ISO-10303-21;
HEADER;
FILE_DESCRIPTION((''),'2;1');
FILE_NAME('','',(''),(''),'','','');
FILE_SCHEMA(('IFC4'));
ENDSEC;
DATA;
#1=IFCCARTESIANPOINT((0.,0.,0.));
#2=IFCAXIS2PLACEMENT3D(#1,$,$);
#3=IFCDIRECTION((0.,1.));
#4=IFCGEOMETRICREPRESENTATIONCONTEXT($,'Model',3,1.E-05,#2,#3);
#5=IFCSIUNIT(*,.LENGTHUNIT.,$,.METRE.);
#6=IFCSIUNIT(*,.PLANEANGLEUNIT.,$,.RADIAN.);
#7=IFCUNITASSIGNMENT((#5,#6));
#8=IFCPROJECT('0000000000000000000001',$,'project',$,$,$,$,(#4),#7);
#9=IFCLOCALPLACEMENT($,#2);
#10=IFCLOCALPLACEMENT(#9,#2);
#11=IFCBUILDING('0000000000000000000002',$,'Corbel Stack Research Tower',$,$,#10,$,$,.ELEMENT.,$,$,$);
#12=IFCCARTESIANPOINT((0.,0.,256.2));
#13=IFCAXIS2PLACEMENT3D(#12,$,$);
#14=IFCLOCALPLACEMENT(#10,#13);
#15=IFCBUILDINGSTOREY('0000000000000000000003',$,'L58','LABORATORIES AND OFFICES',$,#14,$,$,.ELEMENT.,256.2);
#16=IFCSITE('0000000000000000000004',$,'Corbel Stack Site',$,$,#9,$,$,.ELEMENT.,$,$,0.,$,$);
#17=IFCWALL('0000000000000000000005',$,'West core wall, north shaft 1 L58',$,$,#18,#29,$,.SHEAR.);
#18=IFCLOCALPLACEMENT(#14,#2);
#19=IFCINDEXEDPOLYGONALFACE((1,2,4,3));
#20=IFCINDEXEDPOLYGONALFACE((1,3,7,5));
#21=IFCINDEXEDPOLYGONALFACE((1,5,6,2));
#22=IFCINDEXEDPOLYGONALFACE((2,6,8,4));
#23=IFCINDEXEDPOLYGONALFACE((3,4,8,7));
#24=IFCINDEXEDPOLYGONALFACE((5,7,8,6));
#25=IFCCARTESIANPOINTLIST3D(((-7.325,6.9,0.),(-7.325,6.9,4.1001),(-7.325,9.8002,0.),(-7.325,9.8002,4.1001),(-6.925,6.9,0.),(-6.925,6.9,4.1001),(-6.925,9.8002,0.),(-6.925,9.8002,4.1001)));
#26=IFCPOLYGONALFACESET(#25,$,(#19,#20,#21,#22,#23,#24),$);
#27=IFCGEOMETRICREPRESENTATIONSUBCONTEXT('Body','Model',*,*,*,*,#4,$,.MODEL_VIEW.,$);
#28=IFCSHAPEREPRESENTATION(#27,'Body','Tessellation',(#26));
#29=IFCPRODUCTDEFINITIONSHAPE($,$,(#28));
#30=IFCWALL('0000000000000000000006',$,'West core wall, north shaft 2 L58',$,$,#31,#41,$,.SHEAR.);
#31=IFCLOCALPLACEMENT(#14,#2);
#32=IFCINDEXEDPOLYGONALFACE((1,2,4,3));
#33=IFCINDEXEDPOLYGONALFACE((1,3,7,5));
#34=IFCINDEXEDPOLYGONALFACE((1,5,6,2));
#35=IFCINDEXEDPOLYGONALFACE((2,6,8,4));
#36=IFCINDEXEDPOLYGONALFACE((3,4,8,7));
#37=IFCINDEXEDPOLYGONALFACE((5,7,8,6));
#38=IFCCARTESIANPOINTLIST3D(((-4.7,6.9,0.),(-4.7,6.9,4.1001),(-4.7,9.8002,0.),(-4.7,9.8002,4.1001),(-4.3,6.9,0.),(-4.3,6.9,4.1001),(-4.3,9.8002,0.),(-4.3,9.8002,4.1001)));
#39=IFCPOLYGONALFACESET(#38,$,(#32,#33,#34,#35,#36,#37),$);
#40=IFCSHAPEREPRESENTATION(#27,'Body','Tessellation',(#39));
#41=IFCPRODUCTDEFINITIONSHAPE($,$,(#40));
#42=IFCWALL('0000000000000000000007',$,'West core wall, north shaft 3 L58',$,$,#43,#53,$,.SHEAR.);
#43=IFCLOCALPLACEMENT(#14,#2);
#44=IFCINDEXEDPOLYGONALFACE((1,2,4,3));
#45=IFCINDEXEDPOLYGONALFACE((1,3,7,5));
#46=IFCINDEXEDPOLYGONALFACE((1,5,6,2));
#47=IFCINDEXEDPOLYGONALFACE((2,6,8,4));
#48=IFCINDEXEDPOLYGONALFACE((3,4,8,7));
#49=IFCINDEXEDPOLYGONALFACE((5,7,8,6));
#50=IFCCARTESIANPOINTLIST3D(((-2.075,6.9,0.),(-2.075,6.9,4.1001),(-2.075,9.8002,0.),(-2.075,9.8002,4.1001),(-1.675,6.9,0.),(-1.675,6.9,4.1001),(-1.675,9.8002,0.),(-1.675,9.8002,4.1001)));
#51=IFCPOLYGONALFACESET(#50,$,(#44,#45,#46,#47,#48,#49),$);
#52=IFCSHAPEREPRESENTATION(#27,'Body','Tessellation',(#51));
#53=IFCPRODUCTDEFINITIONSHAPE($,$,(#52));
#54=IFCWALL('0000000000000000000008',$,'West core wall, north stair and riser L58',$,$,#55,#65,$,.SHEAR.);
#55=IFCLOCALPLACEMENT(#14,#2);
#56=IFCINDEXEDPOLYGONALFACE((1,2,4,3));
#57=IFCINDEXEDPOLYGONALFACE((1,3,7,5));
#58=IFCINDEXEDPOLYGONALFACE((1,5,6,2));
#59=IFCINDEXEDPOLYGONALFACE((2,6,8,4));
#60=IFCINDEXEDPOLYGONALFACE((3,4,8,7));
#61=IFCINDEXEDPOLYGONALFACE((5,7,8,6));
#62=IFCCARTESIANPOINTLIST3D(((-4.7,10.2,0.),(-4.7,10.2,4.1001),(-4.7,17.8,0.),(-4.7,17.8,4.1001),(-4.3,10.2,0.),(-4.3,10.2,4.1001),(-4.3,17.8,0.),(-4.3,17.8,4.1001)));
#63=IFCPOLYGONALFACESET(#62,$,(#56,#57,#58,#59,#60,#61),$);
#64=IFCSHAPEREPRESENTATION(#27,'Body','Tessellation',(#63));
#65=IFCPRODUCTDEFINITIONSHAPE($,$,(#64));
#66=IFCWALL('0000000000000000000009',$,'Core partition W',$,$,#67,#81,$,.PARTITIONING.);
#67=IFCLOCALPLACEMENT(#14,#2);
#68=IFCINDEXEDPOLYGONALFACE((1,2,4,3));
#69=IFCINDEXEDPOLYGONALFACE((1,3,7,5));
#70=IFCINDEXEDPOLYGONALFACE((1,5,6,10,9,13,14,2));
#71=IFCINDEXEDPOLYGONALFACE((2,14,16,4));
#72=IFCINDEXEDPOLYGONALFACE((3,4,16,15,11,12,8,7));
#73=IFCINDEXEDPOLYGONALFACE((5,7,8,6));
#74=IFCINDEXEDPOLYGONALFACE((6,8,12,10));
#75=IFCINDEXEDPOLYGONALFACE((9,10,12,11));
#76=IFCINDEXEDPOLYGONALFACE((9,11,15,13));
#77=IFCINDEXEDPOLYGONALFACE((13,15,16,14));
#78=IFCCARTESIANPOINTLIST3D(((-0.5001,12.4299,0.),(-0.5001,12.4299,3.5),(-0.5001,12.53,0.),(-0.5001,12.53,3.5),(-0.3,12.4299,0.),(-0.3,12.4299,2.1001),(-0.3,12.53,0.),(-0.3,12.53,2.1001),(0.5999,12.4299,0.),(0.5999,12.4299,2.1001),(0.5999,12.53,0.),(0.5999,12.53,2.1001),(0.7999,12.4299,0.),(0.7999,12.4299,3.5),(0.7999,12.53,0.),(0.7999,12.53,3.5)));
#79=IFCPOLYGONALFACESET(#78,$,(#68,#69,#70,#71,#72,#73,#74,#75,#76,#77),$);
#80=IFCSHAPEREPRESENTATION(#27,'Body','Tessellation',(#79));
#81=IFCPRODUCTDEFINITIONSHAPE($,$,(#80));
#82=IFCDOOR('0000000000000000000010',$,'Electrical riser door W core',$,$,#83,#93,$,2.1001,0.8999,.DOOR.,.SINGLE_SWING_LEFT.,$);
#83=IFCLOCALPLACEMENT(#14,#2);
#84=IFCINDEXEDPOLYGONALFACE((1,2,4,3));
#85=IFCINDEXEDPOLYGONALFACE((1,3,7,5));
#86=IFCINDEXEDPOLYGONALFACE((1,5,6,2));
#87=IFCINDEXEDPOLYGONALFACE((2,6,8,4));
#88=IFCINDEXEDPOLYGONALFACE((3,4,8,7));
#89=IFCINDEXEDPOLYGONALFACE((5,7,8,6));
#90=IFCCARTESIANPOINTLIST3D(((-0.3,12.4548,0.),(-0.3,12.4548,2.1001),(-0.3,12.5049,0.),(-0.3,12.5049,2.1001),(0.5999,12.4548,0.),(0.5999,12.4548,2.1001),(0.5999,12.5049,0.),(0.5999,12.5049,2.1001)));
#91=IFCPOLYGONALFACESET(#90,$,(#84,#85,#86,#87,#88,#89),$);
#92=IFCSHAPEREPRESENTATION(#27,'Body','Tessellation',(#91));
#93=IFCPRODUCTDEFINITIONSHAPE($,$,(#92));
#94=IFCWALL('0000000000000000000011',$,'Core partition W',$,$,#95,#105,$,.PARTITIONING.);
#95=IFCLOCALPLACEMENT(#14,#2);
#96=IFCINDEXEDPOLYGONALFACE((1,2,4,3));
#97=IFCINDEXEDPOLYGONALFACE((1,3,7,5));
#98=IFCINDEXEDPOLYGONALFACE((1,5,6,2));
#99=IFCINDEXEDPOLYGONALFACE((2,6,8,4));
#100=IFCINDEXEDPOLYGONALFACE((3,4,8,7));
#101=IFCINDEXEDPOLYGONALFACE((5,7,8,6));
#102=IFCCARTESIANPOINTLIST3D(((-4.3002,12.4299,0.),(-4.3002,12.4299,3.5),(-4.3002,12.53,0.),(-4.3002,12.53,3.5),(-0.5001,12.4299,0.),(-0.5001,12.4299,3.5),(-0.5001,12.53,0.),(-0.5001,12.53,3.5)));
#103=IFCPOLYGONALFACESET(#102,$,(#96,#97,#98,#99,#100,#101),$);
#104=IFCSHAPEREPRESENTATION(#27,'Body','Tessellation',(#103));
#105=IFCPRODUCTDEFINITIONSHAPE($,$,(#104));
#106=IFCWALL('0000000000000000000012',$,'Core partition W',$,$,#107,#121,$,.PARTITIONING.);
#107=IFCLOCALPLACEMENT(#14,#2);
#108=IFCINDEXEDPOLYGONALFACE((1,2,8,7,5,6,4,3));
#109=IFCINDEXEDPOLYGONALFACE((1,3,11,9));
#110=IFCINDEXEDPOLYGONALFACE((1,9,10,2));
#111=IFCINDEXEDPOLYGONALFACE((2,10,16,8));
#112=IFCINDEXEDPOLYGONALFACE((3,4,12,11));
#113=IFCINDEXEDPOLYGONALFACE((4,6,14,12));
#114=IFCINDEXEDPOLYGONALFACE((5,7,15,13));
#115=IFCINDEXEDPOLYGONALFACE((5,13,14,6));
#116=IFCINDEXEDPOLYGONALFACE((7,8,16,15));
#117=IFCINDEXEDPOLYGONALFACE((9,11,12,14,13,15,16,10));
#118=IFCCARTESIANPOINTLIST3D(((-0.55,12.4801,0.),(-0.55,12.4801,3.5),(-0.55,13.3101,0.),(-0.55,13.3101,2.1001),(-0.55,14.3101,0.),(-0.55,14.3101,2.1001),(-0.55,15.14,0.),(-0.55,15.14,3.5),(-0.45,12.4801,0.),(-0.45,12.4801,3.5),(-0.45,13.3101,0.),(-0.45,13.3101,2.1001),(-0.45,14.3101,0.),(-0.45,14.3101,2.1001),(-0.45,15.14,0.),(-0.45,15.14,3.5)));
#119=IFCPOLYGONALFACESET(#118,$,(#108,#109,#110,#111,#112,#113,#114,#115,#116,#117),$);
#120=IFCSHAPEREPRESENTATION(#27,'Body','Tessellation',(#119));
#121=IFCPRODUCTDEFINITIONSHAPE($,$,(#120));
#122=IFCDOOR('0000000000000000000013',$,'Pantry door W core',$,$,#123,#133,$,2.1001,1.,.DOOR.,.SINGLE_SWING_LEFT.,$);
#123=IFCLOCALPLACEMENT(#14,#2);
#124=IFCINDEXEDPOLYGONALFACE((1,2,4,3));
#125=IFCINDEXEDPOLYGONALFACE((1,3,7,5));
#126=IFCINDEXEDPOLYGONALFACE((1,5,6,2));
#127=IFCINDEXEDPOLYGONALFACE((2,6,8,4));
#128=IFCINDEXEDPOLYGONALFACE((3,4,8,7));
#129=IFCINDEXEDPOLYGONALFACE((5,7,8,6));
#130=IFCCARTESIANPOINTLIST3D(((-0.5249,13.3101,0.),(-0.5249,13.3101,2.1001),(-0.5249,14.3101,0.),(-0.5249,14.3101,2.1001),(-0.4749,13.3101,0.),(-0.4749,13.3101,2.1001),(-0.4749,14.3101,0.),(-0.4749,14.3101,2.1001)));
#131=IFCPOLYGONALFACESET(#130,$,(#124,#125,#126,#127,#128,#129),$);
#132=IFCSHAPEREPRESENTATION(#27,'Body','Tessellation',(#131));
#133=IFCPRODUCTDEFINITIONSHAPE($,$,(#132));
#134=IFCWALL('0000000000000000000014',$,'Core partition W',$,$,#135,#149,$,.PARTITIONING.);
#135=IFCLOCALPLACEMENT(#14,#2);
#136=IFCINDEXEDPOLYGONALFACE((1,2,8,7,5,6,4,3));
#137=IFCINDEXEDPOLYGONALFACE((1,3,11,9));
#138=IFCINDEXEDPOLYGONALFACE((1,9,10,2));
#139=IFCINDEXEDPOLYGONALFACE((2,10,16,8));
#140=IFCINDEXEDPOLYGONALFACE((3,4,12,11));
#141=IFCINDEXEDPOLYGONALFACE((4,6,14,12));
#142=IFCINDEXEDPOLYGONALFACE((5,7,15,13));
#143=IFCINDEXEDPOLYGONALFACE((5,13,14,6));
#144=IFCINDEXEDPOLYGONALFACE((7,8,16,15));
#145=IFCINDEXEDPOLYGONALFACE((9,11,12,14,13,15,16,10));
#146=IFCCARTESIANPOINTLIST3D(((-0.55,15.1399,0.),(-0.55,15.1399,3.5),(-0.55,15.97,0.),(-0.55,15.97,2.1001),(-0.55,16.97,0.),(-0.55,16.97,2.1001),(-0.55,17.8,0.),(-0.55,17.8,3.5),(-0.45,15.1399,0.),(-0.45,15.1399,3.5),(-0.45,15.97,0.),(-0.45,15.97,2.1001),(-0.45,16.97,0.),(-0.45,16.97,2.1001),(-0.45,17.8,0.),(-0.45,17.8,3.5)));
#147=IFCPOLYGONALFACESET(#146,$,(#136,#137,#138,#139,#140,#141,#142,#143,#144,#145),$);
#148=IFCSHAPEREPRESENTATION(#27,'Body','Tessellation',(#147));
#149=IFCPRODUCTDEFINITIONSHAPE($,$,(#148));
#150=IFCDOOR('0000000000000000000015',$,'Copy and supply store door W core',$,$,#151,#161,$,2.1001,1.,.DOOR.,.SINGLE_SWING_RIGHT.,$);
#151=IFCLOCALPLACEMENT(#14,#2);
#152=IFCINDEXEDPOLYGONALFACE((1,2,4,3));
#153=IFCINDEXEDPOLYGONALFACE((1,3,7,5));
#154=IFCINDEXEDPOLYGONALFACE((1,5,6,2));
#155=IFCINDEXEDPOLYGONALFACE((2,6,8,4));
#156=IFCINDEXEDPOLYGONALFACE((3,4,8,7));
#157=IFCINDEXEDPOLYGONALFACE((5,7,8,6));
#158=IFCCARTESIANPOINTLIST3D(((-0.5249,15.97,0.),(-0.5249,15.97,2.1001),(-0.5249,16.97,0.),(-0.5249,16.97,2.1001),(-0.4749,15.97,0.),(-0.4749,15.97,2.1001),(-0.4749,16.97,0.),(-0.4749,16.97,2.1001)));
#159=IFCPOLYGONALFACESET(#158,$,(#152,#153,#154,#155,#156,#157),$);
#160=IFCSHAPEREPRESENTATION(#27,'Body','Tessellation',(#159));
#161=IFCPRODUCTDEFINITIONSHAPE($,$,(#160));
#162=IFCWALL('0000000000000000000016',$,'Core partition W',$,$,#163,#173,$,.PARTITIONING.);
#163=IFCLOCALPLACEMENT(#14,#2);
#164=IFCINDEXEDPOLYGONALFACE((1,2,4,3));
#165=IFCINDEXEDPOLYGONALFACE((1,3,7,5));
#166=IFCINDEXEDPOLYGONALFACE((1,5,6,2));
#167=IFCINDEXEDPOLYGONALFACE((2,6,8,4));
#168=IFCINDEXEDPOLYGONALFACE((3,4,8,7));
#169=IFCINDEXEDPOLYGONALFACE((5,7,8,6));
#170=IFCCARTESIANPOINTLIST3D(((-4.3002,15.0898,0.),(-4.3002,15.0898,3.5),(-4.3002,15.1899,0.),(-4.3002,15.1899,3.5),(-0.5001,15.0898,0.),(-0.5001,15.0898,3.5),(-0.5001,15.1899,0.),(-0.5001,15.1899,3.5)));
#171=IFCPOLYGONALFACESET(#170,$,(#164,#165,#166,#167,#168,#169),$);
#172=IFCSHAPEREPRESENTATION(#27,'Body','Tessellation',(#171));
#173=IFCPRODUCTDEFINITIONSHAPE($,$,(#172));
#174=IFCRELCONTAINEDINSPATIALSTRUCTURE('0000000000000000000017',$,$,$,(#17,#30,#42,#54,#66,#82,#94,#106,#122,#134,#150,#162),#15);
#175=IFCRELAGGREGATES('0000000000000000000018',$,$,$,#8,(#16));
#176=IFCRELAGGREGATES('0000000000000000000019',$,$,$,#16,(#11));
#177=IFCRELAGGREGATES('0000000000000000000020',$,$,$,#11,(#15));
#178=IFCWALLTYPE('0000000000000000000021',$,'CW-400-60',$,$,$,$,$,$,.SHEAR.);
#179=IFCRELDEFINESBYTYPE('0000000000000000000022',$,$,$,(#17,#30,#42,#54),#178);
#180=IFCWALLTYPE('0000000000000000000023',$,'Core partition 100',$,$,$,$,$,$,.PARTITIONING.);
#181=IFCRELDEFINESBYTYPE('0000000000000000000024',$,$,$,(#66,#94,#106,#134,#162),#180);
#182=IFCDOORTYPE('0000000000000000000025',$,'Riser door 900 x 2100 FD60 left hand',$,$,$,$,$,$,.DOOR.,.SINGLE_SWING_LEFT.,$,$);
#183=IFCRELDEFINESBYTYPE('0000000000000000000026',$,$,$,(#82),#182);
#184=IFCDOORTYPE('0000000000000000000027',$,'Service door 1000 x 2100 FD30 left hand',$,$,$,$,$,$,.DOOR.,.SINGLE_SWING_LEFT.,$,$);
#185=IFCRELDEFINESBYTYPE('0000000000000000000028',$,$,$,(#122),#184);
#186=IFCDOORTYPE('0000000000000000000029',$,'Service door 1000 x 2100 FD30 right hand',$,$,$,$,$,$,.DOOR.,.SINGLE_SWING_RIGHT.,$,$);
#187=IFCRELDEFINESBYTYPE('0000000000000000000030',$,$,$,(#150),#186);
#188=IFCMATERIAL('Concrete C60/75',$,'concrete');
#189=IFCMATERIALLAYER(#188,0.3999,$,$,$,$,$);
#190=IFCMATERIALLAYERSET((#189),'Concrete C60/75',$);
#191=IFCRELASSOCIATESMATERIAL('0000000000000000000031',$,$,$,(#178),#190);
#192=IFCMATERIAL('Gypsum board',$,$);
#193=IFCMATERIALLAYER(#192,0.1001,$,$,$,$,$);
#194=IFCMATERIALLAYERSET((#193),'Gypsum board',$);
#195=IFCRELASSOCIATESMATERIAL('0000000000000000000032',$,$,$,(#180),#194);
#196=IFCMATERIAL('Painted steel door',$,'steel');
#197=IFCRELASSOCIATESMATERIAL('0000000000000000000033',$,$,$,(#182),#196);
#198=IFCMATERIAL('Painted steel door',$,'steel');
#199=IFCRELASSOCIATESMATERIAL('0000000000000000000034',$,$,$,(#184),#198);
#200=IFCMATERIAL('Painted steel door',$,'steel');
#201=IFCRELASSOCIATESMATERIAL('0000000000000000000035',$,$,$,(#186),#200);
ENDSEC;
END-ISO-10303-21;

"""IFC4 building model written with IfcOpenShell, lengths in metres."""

from ifc_helpers import new_model, si_unit, direction, frame, frame_2d, origin, place, context, subcontext, project, spatial, rectangle, extrude, material, layer, layer_set, type_object, element, fill, save


model = new_model("IFC4")

# Units and contexts
model_context = context("Model", 3, precision=1e-05, world=origin(), true_north=direction((0.0, 1.0)))
body_context = subcontext(model_context, "Body", "Model", "MODEL_VIEW")
ifc_project = project(units=[si_unit("LENGTHUNIT", "METRE"), si_unit("PLANEANGLEUNIT", "RADIAN")], contexts=[model_context])

# Site, building, storey
site_placement = place(None, origin())
site = spatial("IfcSite", under=ifc_project, at=site_placement, Name="Corbel Stack Site", CompositionType="ELEMENT", RefElevation=0.0)
building_placement = place(site_placement, origin())
building = spatial("IfcBuilding", under=site, at=building_placement, Name="Corbel Stack Research Tower", CompositionType="ELEMENT")
storey_placement = place(building_placement, frame((0.0, 0.0, 256.2)))
storey = spatial("IfcBuildingStorey", under=building, at=storey_placement, Name="L58", Description="LABORATORIES AND OFFICES", CompositionType="ELEMENT", Elevation=256.2)

# Walls
ifc_material_1 = material(Name="Concrete C60/75", Category="concrete")
ifc_layer_1 = layer(ifc_material_1, 0.3999)
ifc_layer_set_1 = layer_set([ifc_layer_1], Name="Concrete C60/75")
wall_type_1 = type_object("IfcWallType", Name="CW-400-60", PredefinedType="SHEAR", material=ifc_layer_set_1)
for number, where, z_axis, x_axis, name in (
    (1, (-7.125, 6.8999, 0.0), (0.0, 0.0, 1.0), (0.0, 1.0, 0.0), "West core wall, north shaft 1 L58"),
    (2, (-4.5, 6.8999, 0.0), (0.0, 0.0, 1.0), (0.0, 1.0, 0.0), "West core wall, north shaft 2 L58"),
    (3, (-1.875, 6.8999, 0.0), (0.0, 0.0, 1.0), (0.0, 1.0, 0.0), "West core wall, north shaft 3 L58"),
):
    element("IfcWall", number, at=place(storey_placement, frame(where, z_axis=z_axis, x_axis=x_axis)), inside=storey, type_object=wall_type_1, Name=name, PredefinedType="SHEAR", context=body_context, shape_type="SweptSolid", body=[
        extrude(rectangle(XDim=2.9001, YDim=0.3999, at=frame_2d((1.4502, 0.0))), origin(), (0.0, 0.0, 1.0), 4.1001),
    ])
wall_1_placement = place(storey_placement, frame((-4.5, 10.2, 0.0), z_axis=(0.0, 0.0, 1.0), x_axis=(0.0, 1.0, 0.0)))
element("IfcWall", 4, at=wall_1_placement, inside=storey, type_object=wall_type_1, Name="West core wall, north stair and riser L58", PredefinedType="SHEAR", context=body_context, shape_type="SweptSolid", body=[
    extrude(rectangle(XDim=7.6001, YDim=0.3999, at=frame_2d((3.8, 0.0))), origin(), (0.0, 0.0, 1.0), 4.1001),
])

# Wall, opening, door
ifc_material_2 = material(Name="Gypsum board")
ifc_layer_2 = layer(ifc_material_2, 0.1001)
ifc_layer_set_2 = layer_set([ifc_layer_2], Name="Gypsum board")
wall_type_2 = type_object("IfcWallType", Name="Core partition 100", PredefinedType="PARTITIONING", material=ifc_layer_set_2)
wall_2_placement = place(storey_placement, frame((-0.5, 12.48, 0.0), z_axis=(0.0, 0.0, 1.0), x_axis=(1.0, 0.0, 0.0)))
wall_2 = element("IfcWall", 5, at=wall_2_placement, inside=storey, type_object=wall_type_2, Name="Core partition W", PredefinedType="PARTITIONING", context=body_context, shape_type="SweptSolid", body=[
    extrude(rectangle(XDim=1.3, YDim=0.1001, at=frame_2d((0.6499, 0.0))), origin(), (0.0, 0.0, 1.0), 3.5),
])
opening_1_placement = place(wall_2_placement, frame((0.2, 0.0, 0.0)))
opening_1 = element("IfcOpeningElement", 6, at=opening_1_placement, cuts=wall_2, PredefinedType="OPENING", context=body_context, shape_type="SweptSolid", body=[
    extrude(rectangle(XDim=0.8999, YDim=2.1001, at=frame_2d((0.45, 1.05))), frame((0.0, 0.0601, 0.0), z_axis=(0.0, -1.0, 0.0), x_axis=(1.0, 0.0, 0.0)), (0.0, 0.0, 1.0), 0.1201),
])
ifc_material_3 = material(Name="Painted steel door", Category="steel")
door_type_1 = type_object("IfcDoorType", Name="Riser door 900 x 2100 FD60 left hand", OperationType="SINGLE_SWING_LEFT", PredefinedType="DOOR", material=ifc_material_3)
door_1_placement = place(opening_1_placement, origin())
door_1 = element("IfcDoor", 7, at=door_1_placement, inside=storey, type_object=door_type_1, Name="Electrical riser door W core", OperationType="SINGLE_SWING_LEFT", OverallHeight=2.1001, OverallWidth=0.8999, PredefinedType="DOOR", context=body_context, shape_type="SweptSolid", body=[
    extrude(rectangle(XDim=0.8999, YDim=2.1001, at=frame_2d((0.45, 1.05))), frame((0.0, 0.0249, 0.0), z_axis=(0.0, -1.0, 0.0), x_axis=(1.0, 0.0, 0.0)), (0.0, 0.0, 1.0), 0.05),
])
fill(opening_1, door_1)

# Wall
wall_3_placement = place(storey_placement, frame((-4.3, 12.48, 0.0), z_axis=(0.0, 0.0, 1.0), x_axis=(1.0, 0.0, 0.0)))
element("IfcWall", 8, at=wall_3_placement, inside=storey, type_object=wall_type_2, Name="Core partition W", PredefinedType="PARTITIONING", context=body_context, shape_type="SweptSolid", body=[
    extrude(rectangle(XDim=3.8, YDim=0.1001, at=frame_2d((1.8999, 0.0))), origin(), (0.0, 0.0, 1.0), 3.5),
])

# Walls, openings, doors
wall_4_placement = place(storey_placement, frame((-0.5, 12.48, 0.0), z_axis=(0.0, 0.0, 1.0), x_axis=(0.0, 1.0, 0.0)))
wall_4 = element("IfcWall", 9, at=wall_4_placement, inside=storey, type_object=wall_type_2, Name="Core partition W", PredefinedType="PARTITIONING", context=body_context, shape_type="SweptSolid", body=[
    extrude(rectangle(XDim=2.6599, YDim=0.1001, at=frame_2d((1.3301, 0.0))), origin(), (0.0, 0.0, 1.0), 3.5),
])
opening_2_placement = place(wall_4_placement, frame((0.8301, 0.0, 0.0)))
opening_2 = element("IfcOpeningElement", 10, at=opening_2_placement, cuts=wall_4, PredefinedType="OPENING", context=body_context, shape_type="SweptSolid", body=[
    extrude(rectangle(XDim=1.0, YDim=2.1001, at=frame_2d((0.5, 1.05))), frame((0.0, 0.0601, 0.0), z_axis=(0.0, -1.0, 0.0), x_axis=(1.0, 0.0, 0.0)), (0.0, 0.0, 1.0), 0.1201),
])
ifc_material_4 = material(Name="Painted steel door", Category="steel")
door_type_2 = type_object("IfcDoorType", Name="Service door 1000 x 2100 FD30 left hand", OperationType="SINGLE_SWING_LEFT", PredefinedType="DOOR", material=ifc_material_4)
door_2_placement = place(opening_2_placement, origin())
door_2 = element("IfcDoor", 11, at=door_2_placement, inside=storey, type_object=door_type_2, Name="Pantry door W core", OperationType="SINGLE_SWING_LEFT", OverallHeight=2.1001, OverallWidth=1.0, PredefinedType="DOOR", context=body_context, shape_type="SweptSolid", body=[
    extrude(rectangle(XDim=1.0, YDim=2.1001, at=frame_2d((0.5, 1.05))), frame((0.0, 0.0249, 0.0), z_axis=(0.0, -1.0, 0.0), x_axis=(1.0, 0.0, 0.0)), (0.0, 0.0, 1.0), 0.05),
])
fill(opening_2, door_2)
wall_5_placement = place(storey_placement, frame((-0.5, 15.1399, 0.0), z_axis=(0.0, 0.0, 1.0), x_axis=(0.0, 1.0, 0.0)))
wall_5 = element("IfcWall", 12, at=wall_5_placement, inside=storey, type_object=wall_type_2, Name="Core partition W", PredefinedType="PARTITIONING", context=body_context, shape_type="SweptSolid", body=[
    extrude(rectangle(XDim=2.6602, YDim=0.1001, at=frame_2d((1.3301, 0.0))), origin(), (0.0, 0.0, 1.0), 3.5),
])
opening_3_placement = place(wall_5_placement, frame((0.8301, 0.0, 0.0)))
opening_3 = element("IfcOpeningElement", 13, at=opening_3_placement, cuts=wall_5, PredefinedType="OPENING", context=body_context, shape_type="SweptSolid", body=[
    extrude(rectangle(XDim=1.0, YDim=2.1001, at=frame_2d((0.5, 1.05))), frame((0.0, 0.0601, 0.0), z_axis=(0.0, -1.0, 0.0), x_axis=(1.0, 0.0, 0.0)), (0.0, 0.0, 1.0), 0.1201),
])
ifc_material_5 = material(Name="Painted steel door", Category="steel")
door_type_3 = type_object("IfcDoorType", Name="Service door 1000 x 2100 FD30 right hand", OperationType="SINGLE_SWING_RIGHT", PredefinedType="DOOR", material=ifc_material_5)
door_3_placement = place(opening_3_placement, origin())
door_3 = element("IfcDoor", 14, at=door_3_placement, inside=storey, type_object=door_type_3, Name="Copy and supply store door W core", OperationType="SINGLE_SWING_RIGHT", OverallHeight=2.1001, OverallWidth=1.0, PredefinedType="DOOR", context=body_context, shape_type="SweptSolid", body=[
    extrude(rectangle(XDim=1.0, YDim=2.1001, at=frame_2d((0.5, 1.05))), frame((0.0, 0.0249, 0.0), z_axis=(0.0, -1.0, 0.0), x_axis=(1.0, 0.0, 0.0)), (0.0, 0.0, 1.0), 0.05),
])
fill(opening_3, door_3)

# Wall
wall_6_placement = place(storey_placement, frame((-4.3, 15.1399, 0.0), z_axis=(0.0, 0.0, 1.0), x_axis=(1.0, 0.0, 0.0)))
element("IfcWall", 15, at=wall_6_placement, inside=storey, type_object=wall_type_2, Name="Core partition W", PredefinedType="PARTITIONING", context=body_context, shape_type="SweptSolid", body=[
    extrude(rectangle(XDim=3.8, YDim=0.1001, at=frame_2d((1.8999, 0.0))), origin(), (0.0, 0.0, 1.0), 3.5),
])

save(model, "model.ifc")
